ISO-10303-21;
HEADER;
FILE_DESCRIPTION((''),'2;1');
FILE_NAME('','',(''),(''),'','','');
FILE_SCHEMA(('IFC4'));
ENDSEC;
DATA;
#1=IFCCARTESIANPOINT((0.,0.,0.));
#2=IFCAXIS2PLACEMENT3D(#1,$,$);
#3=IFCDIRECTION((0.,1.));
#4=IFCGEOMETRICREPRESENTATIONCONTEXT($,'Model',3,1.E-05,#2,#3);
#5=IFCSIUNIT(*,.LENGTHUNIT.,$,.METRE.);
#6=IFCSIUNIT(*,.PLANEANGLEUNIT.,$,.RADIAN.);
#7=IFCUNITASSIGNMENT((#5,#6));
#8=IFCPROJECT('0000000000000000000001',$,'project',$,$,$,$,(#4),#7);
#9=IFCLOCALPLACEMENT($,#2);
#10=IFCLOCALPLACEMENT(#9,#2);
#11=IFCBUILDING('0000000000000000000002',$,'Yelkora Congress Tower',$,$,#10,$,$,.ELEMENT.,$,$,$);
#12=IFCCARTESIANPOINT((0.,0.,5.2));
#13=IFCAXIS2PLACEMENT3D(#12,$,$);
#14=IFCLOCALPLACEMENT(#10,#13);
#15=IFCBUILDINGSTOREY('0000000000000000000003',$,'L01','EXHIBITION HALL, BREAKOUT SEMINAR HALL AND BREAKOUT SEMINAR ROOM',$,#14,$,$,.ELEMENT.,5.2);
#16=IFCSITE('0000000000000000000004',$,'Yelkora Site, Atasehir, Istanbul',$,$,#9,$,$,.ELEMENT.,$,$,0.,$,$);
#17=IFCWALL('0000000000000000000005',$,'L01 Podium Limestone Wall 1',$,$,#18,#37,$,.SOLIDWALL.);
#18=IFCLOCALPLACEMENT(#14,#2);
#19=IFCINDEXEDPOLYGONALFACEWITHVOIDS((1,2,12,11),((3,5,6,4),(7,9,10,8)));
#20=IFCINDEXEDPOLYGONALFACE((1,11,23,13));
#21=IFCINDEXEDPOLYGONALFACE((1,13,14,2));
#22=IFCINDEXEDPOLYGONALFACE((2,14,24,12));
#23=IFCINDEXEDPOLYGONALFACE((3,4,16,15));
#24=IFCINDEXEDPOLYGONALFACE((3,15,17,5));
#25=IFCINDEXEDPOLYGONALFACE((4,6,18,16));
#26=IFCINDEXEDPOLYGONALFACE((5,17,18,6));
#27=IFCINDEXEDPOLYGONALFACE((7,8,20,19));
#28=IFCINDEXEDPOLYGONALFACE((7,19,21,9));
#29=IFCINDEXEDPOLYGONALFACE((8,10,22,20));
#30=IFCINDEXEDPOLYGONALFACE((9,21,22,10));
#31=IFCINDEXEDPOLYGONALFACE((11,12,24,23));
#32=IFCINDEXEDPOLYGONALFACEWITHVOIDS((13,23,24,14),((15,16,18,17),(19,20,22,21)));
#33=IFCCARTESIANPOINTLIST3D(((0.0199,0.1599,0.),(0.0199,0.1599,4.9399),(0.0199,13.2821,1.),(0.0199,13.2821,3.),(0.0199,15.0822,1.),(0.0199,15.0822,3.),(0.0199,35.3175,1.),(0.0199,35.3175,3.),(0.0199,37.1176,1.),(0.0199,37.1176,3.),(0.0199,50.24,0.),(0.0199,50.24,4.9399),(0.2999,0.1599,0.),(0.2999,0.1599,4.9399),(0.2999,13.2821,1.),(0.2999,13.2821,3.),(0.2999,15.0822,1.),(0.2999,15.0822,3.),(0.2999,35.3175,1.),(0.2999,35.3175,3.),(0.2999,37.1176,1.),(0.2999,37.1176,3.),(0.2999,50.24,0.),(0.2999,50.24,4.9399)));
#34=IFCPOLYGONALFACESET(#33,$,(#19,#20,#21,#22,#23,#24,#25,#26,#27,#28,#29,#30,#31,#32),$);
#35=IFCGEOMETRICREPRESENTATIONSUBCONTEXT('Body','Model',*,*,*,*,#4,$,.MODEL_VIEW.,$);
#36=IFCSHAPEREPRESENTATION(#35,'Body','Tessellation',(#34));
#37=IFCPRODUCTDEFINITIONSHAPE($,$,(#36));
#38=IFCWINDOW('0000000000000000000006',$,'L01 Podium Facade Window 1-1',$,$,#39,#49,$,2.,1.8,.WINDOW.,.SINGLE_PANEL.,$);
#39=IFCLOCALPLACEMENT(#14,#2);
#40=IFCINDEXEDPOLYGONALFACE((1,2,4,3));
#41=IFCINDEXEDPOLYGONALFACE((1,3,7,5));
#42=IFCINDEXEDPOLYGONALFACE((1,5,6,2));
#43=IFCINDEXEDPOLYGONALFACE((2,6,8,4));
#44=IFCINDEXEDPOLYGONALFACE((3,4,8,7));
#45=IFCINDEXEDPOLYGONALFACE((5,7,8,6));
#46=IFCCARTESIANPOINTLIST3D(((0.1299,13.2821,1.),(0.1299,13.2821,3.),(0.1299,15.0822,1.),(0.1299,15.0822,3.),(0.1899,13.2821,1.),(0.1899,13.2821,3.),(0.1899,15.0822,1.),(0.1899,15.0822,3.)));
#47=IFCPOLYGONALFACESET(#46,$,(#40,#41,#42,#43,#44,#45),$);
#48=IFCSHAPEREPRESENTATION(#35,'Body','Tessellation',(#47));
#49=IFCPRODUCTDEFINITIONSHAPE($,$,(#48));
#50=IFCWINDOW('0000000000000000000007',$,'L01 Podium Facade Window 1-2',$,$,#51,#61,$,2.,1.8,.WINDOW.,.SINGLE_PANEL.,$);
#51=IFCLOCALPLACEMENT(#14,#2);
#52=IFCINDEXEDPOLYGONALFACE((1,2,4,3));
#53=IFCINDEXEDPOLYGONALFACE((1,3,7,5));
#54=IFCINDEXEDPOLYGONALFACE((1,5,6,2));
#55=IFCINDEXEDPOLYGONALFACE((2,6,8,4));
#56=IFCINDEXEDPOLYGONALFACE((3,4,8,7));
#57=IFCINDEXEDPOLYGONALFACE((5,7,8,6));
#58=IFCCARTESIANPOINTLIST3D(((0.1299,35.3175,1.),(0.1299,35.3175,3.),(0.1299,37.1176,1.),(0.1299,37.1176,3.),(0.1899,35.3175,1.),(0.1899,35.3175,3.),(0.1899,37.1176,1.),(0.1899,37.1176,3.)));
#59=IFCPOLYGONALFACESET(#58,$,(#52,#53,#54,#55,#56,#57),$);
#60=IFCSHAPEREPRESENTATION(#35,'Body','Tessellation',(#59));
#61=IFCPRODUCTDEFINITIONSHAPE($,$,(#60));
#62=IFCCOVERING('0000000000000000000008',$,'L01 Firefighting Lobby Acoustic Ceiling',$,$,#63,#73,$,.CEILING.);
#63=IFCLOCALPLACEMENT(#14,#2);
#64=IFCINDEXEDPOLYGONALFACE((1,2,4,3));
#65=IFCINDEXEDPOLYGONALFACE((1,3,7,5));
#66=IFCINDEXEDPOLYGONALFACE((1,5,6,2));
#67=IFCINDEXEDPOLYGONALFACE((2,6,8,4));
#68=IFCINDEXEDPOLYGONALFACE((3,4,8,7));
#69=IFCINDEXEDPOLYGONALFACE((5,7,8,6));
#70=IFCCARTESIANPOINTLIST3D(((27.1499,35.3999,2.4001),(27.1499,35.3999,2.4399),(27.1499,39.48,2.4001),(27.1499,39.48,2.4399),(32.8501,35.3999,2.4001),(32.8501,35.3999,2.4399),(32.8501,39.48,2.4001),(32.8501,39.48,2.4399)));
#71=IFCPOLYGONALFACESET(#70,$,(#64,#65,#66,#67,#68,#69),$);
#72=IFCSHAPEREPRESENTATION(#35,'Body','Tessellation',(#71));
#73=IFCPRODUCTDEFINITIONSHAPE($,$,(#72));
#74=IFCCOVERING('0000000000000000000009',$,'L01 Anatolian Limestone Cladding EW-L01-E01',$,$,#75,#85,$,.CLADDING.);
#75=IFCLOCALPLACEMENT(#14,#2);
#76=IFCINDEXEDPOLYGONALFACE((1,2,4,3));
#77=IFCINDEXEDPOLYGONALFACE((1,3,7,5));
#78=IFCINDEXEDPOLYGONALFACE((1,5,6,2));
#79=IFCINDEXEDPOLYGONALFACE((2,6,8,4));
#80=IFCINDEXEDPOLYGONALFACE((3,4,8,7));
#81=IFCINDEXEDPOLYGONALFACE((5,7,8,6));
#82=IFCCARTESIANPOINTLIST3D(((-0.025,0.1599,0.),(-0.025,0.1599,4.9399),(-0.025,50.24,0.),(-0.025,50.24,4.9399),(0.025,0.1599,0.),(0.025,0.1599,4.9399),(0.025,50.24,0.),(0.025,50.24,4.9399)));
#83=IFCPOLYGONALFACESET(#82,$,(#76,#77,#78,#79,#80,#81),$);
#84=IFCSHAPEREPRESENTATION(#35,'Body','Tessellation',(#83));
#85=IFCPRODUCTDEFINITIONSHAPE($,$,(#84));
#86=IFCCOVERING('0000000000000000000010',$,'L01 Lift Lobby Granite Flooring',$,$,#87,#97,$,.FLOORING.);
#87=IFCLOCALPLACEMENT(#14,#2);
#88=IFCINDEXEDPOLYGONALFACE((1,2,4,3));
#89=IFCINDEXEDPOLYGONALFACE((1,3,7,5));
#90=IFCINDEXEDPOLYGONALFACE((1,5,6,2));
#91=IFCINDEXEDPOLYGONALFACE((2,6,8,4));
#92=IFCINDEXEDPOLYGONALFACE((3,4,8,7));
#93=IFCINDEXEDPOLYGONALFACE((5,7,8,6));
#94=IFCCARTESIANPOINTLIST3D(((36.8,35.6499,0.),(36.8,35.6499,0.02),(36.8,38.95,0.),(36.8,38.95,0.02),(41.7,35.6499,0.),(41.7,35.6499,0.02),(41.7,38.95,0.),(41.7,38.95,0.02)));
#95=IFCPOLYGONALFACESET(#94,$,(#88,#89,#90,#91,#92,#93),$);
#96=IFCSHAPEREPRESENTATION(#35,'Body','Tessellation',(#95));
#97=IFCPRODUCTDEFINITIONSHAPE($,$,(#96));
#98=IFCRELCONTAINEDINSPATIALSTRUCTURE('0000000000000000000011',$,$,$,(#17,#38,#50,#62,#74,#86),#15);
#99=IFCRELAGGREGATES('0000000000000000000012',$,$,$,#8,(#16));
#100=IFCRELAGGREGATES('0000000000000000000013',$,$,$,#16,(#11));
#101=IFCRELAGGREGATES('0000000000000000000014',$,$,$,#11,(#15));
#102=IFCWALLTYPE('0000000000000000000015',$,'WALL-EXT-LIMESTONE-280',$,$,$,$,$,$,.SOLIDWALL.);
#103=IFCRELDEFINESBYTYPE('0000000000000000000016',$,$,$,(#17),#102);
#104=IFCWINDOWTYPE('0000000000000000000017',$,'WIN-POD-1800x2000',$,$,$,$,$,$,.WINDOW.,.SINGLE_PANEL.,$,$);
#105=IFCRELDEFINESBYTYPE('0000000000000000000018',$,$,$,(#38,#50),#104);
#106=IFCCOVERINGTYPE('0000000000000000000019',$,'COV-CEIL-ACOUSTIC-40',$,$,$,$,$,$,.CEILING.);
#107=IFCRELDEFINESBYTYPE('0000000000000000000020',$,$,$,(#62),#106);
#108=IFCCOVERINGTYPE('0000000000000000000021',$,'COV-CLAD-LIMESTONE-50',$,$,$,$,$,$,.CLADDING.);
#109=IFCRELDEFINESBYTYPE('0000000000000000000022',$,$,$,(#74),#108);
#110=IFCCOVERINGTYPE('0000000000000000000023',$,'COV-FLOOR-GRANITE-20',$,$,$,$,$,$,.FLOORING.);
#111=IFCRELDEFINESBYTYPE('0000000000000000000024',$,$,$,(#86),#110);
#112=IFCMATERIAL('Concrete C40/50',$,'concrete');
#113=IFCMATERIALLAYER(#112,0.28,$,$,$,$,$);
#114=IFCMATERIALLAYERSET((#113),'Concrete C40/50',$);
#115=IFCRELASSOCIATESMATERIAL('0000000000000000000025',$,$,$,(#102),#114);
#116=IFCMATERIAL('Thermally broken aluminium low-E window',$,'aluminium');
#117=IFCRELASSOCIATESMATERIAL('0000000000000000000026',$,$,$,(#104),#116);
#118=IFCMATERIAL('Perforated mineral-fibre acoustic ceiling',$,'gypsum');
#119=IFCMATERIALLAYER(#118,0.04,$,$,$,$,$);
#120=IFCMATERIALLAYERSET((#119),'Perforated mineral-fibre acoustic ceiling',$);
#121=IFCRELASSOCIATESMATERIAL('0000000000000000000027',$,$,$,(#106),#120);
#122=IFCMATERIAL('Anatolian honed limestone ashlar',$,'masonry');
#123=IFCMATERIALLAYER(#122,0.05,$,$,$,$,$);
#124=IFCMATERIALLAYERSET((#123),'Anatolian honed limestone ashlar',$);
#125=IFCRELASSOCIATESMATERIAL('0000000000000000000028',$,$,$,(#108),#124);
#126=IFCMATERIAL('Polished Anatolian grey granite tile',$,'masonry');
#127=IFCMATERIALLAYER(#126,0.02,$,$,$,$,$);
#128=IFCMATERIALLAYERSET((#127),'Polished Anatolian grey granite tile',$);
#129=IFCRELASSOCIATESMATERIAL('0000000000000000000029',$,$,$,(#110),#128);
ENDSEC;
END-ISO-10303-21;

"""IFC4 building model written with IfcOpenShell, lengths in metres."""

from ifc_helpers import new_model, si_unit, direction, frame, frame_2d, origin, place, context, subcontext, project, spatial, polyline, rectangle, outline, extrude, material, layer, layer_set, type_object, element, fill, save


model = new_model("IFC4")

# Units and contexts
model_context = context("Model", 3, precision=1e-05, world=origin(), true_north=direction((0.0, 1.0)))
body_context = subcontext(model_context, "Body", "Model", "MODEL_VIEW")
ifc_project = project(units=[si_unit("LENGTHUNIT", "METRE"), si_unit("PLANEANGLEUNIT", "RADIAN")], contexts=[model_context])

# Site, building, storey
site_placement = place(None, origin())
site = spatial("IfcSite", under=ifc_project, at=site_placement, Name="Yelkora Site, Atasehir, Istanbul", CompositionType="ELEMENT", RefElevation=0.0)
building_placement = place(site_placement, origin())
building = spatial("IfcBuilding", under=site, at=building_placement, Name="Yelkora Congress Tower", CompositionType="ELEMENT")
storey_placement = place(building_placement, frame((0.0, 0.0, 5.2)))
storey = spatial("IfcBuildingStorey", under=building, at=storey_placement, Name="L01", Description="EXHIBITION HALL, BREAKOUT SEMINAR HALL AND BREAKOUT SEMINAR ROOM", CompositionType="ELEMENT", Elevation=5.2)

# Shared definitions
ifc_material_1 = material(Name="Concrete C40/50", Category="concrete")

# Wall, openings, windows
ifc_layer_1 = layer(ifc_material_1, 0.28)
ifc_layer_set_1 = layer_set([ifc_layer_1], Name="Concrete C40/50")
wall_type = type_object("IfcWallType", Name="WALL-EXT-LIMESTONE-280", PredefinedType="SOLIDWALL", material=ifc_layer_set_1)
wall_placement = place(storey_placement, frame((0.1599, 0.1599, 0.0), z_axis=(0.0, 0.0, 1.0), x_axis=(0.0, 1.0, 0.0)))
wall = element("IfcWall", 1, at=wall_placement, inside=storey, type_object=wall_type, Name="L01 Podium Limestone Wall 1", PredefinedType="SOLIDWALL", context=body_context, shape_type="SweptSolid", body=[
    extrude(rectangle(XDim=50.0801, YDim=0.28, at=frame_2d((25.04, 0.0))), origin(), (0.0, 0.0, 1.0), 4.9399),
])
opening_1_placement = place(wall_placement, frame((13.1223, 0.0, 1.0)))
opening_1 = element("IfcOpeningElement", 2, at=opening_1_placement, cuts=wall, PredefinedType="OPENING", context=body_context, shape_type="SweptSolid", body=[
    extrude(rectangle(XDim=1.8, YDim=2.0, at=frame_2d((0.8999, 1.0))), frame((0.0, 0.1499, 0.0), z_axis=(0.0, -1.0, 0.0), x_axis=(1.0, 0.0, 0.0)), (0.0, 0.0, 1.0), 0.3),
])
opening_2_placement = place(wall_placement, frame((35.1577, 0.0, 1.0)))
opening_2 = element("IfcOpeningElement", 3, at=opening_2_placement, cuts=wall, PredefinedType="OPENING", context=body_context, shape_type="SweptSolid", body=[
    extrude(rectangle(XDim=1.8, YDim=2.0, at=frame_2d((0.8999, 1.0))), frame((0.0, 0.1499, 0.0), z_axis=(0.0, -1.0, 0.0), x_axis=(1.0, 0.0, 0.0)), (0.0, 0.0, 1.0), 0.3),
])
ifc_material_2 = material(Name="Thermally broken aluminium low-E window", Category="aluminium")
window_type = type_object("IfcWindowType", Name="WIN-POD-1800x2000", PartitioningType="SINGLE_PANEL", PredefinedType="WINDOW", material=ifc_material_2)
window_1_placement = place(opening_1_placement, origin())
window_1 = element("IfcWindow", 4, at=window_1_placement, inside=storey, type_object=window_type, Name="L01 Podium Facade Window 1-1", OverallHeight=2.0, OverallWidth=1.8, PartitioningType="SINGLE_PANEL", PredefinedType="WINDOW", context=body_context, shape_type="SweptSolid", body=[
    extrude(rectangle(XDim=1.8, YDim=2.0, at=frame_2d((0.8999, 1.0))), frame((0.0, 0.03, 0.0), z_axis=(0.0, -1.0, 0.0), x_axis=(1.0, 0.0, 0.0)), (0.0, 0.0, 1.0), 0.0601),
])
fill(opening_1, window_1)
window_2_placement = place(opening_2_placement, origin())
window_2 = element("IfcWindow", 5, at=window_2_placement, inside=storey, type_object=window_type, Name="L01 Podium Facade Window 1-2", OverallHeight=2.0, OverallWidth=1.8, PartitioningType="SINGLE_PANEL", PredefinedType="WINDOW", context=body_context, shape_type="SweptSolid", body=[
    extrude(rectangle(XDim=1.8, YDim=2.0, at=frame_2d((0.8999, 1.0))), frame((0.0, 0.03, 0.0), z_axis=(0.0, -1.0, 0.0), x_axis=(1.0, 0.0, 0.0)), (0.0, 0.0, 1.0), 0.0601),
])
fill(opening_2, window_2)

# Coverings
ifc_material_3 = material(Name="Perforated mineral-fibre acoustic ceiling", Category="gypsum")
ifc_layer_2 = layer(ifc_material_3, 0.04)
ifc_layer_set_2 = layer_set([ifc_layer_2], Name="Perforated mineral-fibre acoustic ceiling")
covering_type_1 = type_object("IfcCoveringType", Name="COV-CEIL-ACOUSTIC-40", PredefinedType="CEILING", material=ifc_layer_set_2)
covering_1_placement = place(storey_placement, frame((0.0, 0.0, 2.4001)))
element("IfcCovering", 6, at=covering_1_placement, inside=storey, type_object=covering_type_1, Name="L01 Firefighting Lobby Acoustic Ceiling", PredefinedType="CEILING", context=body_context, shape_type="SweptSolid", body=[
    extrude(outline(polyline([(27.1499, 35.3999), (32.8501, 35.3999), (32.8501, 39.48), (27.1499, 39.48), (27.1499, 35.3999)])), origin(), (0.0, 0.0, 1.0), 0.0398),
])
ifc_material_4 = material(Name="Anatolian honed limestone ashlar", Category="masonry")
ifc_layer_3 = layer(ifc_material_4, 0.05)
ifc_layer_set_3 = layer_set([ifc_layer_3], Name="Anatolian honed limestone ashlar")
covering_type_2 = type_object("IfcCoveringType", Name="COV-CLAD-LIMESTONE-50", PredefinedType="CLADDING", material=ifc_layer_set_3)
covering_2_placement = place(storey_placement, frame((0.0, 0.1599, 0.0), z_axis=(0.0, 0.0, 1.0), x_axis=(0.0, 1.0, 0.0)))
element("IfcCovering", 7, at=covering_2_placement, inside=storey, type_object=covering_type_2, Name="L01 Anatolian Limestone Cladding EW-L01-E01", PredefinedType="CLADDING", context=body_context, shape_type="SweptSolid", body=[
    extrude(rectangle(XDim=50.0801, YDim=0.05, at=frame_2d((25.04, 0.0))), origin(), (0.0, 0.0, 1.0), 4.9399),
])
ifc_material_5 = material(Name="Polished Anatolian grey granite tile", Category="masonry")
ifc_layer_4 = layer(ifc_material_5, 0.02)
ifc_layer_set_4 = layer_set([ifc_layer_4], Name="Polished Anatolian grey granite tile")
covering_type_3 = type_object("IfcCoveringType", Name="COV-FLOOR-GRANITE-20", PredefinedType="FLOORING", material=ifc_layer_set_4)
covering_3_placement = place(storey_placement, origin())
element("IfcCovering", 8, at=covering_3_placement, inside=storey, type_object=covering_type_3, Name="L01 Lift Lobby Granite Flooring", PredefinedType="FLOORING", context=body_context, shape_type="SweptSolid", body=[
    extrude(outline(polyline([(36.8, 35.6499), (41.7, 35.6499), (41.7, 38.95), (36.8, 38.95), (36.8, 35.6499)])), origin(), (0.0, 0.0, 1.0), 0.02),
])

save(model, "model.ifc")
